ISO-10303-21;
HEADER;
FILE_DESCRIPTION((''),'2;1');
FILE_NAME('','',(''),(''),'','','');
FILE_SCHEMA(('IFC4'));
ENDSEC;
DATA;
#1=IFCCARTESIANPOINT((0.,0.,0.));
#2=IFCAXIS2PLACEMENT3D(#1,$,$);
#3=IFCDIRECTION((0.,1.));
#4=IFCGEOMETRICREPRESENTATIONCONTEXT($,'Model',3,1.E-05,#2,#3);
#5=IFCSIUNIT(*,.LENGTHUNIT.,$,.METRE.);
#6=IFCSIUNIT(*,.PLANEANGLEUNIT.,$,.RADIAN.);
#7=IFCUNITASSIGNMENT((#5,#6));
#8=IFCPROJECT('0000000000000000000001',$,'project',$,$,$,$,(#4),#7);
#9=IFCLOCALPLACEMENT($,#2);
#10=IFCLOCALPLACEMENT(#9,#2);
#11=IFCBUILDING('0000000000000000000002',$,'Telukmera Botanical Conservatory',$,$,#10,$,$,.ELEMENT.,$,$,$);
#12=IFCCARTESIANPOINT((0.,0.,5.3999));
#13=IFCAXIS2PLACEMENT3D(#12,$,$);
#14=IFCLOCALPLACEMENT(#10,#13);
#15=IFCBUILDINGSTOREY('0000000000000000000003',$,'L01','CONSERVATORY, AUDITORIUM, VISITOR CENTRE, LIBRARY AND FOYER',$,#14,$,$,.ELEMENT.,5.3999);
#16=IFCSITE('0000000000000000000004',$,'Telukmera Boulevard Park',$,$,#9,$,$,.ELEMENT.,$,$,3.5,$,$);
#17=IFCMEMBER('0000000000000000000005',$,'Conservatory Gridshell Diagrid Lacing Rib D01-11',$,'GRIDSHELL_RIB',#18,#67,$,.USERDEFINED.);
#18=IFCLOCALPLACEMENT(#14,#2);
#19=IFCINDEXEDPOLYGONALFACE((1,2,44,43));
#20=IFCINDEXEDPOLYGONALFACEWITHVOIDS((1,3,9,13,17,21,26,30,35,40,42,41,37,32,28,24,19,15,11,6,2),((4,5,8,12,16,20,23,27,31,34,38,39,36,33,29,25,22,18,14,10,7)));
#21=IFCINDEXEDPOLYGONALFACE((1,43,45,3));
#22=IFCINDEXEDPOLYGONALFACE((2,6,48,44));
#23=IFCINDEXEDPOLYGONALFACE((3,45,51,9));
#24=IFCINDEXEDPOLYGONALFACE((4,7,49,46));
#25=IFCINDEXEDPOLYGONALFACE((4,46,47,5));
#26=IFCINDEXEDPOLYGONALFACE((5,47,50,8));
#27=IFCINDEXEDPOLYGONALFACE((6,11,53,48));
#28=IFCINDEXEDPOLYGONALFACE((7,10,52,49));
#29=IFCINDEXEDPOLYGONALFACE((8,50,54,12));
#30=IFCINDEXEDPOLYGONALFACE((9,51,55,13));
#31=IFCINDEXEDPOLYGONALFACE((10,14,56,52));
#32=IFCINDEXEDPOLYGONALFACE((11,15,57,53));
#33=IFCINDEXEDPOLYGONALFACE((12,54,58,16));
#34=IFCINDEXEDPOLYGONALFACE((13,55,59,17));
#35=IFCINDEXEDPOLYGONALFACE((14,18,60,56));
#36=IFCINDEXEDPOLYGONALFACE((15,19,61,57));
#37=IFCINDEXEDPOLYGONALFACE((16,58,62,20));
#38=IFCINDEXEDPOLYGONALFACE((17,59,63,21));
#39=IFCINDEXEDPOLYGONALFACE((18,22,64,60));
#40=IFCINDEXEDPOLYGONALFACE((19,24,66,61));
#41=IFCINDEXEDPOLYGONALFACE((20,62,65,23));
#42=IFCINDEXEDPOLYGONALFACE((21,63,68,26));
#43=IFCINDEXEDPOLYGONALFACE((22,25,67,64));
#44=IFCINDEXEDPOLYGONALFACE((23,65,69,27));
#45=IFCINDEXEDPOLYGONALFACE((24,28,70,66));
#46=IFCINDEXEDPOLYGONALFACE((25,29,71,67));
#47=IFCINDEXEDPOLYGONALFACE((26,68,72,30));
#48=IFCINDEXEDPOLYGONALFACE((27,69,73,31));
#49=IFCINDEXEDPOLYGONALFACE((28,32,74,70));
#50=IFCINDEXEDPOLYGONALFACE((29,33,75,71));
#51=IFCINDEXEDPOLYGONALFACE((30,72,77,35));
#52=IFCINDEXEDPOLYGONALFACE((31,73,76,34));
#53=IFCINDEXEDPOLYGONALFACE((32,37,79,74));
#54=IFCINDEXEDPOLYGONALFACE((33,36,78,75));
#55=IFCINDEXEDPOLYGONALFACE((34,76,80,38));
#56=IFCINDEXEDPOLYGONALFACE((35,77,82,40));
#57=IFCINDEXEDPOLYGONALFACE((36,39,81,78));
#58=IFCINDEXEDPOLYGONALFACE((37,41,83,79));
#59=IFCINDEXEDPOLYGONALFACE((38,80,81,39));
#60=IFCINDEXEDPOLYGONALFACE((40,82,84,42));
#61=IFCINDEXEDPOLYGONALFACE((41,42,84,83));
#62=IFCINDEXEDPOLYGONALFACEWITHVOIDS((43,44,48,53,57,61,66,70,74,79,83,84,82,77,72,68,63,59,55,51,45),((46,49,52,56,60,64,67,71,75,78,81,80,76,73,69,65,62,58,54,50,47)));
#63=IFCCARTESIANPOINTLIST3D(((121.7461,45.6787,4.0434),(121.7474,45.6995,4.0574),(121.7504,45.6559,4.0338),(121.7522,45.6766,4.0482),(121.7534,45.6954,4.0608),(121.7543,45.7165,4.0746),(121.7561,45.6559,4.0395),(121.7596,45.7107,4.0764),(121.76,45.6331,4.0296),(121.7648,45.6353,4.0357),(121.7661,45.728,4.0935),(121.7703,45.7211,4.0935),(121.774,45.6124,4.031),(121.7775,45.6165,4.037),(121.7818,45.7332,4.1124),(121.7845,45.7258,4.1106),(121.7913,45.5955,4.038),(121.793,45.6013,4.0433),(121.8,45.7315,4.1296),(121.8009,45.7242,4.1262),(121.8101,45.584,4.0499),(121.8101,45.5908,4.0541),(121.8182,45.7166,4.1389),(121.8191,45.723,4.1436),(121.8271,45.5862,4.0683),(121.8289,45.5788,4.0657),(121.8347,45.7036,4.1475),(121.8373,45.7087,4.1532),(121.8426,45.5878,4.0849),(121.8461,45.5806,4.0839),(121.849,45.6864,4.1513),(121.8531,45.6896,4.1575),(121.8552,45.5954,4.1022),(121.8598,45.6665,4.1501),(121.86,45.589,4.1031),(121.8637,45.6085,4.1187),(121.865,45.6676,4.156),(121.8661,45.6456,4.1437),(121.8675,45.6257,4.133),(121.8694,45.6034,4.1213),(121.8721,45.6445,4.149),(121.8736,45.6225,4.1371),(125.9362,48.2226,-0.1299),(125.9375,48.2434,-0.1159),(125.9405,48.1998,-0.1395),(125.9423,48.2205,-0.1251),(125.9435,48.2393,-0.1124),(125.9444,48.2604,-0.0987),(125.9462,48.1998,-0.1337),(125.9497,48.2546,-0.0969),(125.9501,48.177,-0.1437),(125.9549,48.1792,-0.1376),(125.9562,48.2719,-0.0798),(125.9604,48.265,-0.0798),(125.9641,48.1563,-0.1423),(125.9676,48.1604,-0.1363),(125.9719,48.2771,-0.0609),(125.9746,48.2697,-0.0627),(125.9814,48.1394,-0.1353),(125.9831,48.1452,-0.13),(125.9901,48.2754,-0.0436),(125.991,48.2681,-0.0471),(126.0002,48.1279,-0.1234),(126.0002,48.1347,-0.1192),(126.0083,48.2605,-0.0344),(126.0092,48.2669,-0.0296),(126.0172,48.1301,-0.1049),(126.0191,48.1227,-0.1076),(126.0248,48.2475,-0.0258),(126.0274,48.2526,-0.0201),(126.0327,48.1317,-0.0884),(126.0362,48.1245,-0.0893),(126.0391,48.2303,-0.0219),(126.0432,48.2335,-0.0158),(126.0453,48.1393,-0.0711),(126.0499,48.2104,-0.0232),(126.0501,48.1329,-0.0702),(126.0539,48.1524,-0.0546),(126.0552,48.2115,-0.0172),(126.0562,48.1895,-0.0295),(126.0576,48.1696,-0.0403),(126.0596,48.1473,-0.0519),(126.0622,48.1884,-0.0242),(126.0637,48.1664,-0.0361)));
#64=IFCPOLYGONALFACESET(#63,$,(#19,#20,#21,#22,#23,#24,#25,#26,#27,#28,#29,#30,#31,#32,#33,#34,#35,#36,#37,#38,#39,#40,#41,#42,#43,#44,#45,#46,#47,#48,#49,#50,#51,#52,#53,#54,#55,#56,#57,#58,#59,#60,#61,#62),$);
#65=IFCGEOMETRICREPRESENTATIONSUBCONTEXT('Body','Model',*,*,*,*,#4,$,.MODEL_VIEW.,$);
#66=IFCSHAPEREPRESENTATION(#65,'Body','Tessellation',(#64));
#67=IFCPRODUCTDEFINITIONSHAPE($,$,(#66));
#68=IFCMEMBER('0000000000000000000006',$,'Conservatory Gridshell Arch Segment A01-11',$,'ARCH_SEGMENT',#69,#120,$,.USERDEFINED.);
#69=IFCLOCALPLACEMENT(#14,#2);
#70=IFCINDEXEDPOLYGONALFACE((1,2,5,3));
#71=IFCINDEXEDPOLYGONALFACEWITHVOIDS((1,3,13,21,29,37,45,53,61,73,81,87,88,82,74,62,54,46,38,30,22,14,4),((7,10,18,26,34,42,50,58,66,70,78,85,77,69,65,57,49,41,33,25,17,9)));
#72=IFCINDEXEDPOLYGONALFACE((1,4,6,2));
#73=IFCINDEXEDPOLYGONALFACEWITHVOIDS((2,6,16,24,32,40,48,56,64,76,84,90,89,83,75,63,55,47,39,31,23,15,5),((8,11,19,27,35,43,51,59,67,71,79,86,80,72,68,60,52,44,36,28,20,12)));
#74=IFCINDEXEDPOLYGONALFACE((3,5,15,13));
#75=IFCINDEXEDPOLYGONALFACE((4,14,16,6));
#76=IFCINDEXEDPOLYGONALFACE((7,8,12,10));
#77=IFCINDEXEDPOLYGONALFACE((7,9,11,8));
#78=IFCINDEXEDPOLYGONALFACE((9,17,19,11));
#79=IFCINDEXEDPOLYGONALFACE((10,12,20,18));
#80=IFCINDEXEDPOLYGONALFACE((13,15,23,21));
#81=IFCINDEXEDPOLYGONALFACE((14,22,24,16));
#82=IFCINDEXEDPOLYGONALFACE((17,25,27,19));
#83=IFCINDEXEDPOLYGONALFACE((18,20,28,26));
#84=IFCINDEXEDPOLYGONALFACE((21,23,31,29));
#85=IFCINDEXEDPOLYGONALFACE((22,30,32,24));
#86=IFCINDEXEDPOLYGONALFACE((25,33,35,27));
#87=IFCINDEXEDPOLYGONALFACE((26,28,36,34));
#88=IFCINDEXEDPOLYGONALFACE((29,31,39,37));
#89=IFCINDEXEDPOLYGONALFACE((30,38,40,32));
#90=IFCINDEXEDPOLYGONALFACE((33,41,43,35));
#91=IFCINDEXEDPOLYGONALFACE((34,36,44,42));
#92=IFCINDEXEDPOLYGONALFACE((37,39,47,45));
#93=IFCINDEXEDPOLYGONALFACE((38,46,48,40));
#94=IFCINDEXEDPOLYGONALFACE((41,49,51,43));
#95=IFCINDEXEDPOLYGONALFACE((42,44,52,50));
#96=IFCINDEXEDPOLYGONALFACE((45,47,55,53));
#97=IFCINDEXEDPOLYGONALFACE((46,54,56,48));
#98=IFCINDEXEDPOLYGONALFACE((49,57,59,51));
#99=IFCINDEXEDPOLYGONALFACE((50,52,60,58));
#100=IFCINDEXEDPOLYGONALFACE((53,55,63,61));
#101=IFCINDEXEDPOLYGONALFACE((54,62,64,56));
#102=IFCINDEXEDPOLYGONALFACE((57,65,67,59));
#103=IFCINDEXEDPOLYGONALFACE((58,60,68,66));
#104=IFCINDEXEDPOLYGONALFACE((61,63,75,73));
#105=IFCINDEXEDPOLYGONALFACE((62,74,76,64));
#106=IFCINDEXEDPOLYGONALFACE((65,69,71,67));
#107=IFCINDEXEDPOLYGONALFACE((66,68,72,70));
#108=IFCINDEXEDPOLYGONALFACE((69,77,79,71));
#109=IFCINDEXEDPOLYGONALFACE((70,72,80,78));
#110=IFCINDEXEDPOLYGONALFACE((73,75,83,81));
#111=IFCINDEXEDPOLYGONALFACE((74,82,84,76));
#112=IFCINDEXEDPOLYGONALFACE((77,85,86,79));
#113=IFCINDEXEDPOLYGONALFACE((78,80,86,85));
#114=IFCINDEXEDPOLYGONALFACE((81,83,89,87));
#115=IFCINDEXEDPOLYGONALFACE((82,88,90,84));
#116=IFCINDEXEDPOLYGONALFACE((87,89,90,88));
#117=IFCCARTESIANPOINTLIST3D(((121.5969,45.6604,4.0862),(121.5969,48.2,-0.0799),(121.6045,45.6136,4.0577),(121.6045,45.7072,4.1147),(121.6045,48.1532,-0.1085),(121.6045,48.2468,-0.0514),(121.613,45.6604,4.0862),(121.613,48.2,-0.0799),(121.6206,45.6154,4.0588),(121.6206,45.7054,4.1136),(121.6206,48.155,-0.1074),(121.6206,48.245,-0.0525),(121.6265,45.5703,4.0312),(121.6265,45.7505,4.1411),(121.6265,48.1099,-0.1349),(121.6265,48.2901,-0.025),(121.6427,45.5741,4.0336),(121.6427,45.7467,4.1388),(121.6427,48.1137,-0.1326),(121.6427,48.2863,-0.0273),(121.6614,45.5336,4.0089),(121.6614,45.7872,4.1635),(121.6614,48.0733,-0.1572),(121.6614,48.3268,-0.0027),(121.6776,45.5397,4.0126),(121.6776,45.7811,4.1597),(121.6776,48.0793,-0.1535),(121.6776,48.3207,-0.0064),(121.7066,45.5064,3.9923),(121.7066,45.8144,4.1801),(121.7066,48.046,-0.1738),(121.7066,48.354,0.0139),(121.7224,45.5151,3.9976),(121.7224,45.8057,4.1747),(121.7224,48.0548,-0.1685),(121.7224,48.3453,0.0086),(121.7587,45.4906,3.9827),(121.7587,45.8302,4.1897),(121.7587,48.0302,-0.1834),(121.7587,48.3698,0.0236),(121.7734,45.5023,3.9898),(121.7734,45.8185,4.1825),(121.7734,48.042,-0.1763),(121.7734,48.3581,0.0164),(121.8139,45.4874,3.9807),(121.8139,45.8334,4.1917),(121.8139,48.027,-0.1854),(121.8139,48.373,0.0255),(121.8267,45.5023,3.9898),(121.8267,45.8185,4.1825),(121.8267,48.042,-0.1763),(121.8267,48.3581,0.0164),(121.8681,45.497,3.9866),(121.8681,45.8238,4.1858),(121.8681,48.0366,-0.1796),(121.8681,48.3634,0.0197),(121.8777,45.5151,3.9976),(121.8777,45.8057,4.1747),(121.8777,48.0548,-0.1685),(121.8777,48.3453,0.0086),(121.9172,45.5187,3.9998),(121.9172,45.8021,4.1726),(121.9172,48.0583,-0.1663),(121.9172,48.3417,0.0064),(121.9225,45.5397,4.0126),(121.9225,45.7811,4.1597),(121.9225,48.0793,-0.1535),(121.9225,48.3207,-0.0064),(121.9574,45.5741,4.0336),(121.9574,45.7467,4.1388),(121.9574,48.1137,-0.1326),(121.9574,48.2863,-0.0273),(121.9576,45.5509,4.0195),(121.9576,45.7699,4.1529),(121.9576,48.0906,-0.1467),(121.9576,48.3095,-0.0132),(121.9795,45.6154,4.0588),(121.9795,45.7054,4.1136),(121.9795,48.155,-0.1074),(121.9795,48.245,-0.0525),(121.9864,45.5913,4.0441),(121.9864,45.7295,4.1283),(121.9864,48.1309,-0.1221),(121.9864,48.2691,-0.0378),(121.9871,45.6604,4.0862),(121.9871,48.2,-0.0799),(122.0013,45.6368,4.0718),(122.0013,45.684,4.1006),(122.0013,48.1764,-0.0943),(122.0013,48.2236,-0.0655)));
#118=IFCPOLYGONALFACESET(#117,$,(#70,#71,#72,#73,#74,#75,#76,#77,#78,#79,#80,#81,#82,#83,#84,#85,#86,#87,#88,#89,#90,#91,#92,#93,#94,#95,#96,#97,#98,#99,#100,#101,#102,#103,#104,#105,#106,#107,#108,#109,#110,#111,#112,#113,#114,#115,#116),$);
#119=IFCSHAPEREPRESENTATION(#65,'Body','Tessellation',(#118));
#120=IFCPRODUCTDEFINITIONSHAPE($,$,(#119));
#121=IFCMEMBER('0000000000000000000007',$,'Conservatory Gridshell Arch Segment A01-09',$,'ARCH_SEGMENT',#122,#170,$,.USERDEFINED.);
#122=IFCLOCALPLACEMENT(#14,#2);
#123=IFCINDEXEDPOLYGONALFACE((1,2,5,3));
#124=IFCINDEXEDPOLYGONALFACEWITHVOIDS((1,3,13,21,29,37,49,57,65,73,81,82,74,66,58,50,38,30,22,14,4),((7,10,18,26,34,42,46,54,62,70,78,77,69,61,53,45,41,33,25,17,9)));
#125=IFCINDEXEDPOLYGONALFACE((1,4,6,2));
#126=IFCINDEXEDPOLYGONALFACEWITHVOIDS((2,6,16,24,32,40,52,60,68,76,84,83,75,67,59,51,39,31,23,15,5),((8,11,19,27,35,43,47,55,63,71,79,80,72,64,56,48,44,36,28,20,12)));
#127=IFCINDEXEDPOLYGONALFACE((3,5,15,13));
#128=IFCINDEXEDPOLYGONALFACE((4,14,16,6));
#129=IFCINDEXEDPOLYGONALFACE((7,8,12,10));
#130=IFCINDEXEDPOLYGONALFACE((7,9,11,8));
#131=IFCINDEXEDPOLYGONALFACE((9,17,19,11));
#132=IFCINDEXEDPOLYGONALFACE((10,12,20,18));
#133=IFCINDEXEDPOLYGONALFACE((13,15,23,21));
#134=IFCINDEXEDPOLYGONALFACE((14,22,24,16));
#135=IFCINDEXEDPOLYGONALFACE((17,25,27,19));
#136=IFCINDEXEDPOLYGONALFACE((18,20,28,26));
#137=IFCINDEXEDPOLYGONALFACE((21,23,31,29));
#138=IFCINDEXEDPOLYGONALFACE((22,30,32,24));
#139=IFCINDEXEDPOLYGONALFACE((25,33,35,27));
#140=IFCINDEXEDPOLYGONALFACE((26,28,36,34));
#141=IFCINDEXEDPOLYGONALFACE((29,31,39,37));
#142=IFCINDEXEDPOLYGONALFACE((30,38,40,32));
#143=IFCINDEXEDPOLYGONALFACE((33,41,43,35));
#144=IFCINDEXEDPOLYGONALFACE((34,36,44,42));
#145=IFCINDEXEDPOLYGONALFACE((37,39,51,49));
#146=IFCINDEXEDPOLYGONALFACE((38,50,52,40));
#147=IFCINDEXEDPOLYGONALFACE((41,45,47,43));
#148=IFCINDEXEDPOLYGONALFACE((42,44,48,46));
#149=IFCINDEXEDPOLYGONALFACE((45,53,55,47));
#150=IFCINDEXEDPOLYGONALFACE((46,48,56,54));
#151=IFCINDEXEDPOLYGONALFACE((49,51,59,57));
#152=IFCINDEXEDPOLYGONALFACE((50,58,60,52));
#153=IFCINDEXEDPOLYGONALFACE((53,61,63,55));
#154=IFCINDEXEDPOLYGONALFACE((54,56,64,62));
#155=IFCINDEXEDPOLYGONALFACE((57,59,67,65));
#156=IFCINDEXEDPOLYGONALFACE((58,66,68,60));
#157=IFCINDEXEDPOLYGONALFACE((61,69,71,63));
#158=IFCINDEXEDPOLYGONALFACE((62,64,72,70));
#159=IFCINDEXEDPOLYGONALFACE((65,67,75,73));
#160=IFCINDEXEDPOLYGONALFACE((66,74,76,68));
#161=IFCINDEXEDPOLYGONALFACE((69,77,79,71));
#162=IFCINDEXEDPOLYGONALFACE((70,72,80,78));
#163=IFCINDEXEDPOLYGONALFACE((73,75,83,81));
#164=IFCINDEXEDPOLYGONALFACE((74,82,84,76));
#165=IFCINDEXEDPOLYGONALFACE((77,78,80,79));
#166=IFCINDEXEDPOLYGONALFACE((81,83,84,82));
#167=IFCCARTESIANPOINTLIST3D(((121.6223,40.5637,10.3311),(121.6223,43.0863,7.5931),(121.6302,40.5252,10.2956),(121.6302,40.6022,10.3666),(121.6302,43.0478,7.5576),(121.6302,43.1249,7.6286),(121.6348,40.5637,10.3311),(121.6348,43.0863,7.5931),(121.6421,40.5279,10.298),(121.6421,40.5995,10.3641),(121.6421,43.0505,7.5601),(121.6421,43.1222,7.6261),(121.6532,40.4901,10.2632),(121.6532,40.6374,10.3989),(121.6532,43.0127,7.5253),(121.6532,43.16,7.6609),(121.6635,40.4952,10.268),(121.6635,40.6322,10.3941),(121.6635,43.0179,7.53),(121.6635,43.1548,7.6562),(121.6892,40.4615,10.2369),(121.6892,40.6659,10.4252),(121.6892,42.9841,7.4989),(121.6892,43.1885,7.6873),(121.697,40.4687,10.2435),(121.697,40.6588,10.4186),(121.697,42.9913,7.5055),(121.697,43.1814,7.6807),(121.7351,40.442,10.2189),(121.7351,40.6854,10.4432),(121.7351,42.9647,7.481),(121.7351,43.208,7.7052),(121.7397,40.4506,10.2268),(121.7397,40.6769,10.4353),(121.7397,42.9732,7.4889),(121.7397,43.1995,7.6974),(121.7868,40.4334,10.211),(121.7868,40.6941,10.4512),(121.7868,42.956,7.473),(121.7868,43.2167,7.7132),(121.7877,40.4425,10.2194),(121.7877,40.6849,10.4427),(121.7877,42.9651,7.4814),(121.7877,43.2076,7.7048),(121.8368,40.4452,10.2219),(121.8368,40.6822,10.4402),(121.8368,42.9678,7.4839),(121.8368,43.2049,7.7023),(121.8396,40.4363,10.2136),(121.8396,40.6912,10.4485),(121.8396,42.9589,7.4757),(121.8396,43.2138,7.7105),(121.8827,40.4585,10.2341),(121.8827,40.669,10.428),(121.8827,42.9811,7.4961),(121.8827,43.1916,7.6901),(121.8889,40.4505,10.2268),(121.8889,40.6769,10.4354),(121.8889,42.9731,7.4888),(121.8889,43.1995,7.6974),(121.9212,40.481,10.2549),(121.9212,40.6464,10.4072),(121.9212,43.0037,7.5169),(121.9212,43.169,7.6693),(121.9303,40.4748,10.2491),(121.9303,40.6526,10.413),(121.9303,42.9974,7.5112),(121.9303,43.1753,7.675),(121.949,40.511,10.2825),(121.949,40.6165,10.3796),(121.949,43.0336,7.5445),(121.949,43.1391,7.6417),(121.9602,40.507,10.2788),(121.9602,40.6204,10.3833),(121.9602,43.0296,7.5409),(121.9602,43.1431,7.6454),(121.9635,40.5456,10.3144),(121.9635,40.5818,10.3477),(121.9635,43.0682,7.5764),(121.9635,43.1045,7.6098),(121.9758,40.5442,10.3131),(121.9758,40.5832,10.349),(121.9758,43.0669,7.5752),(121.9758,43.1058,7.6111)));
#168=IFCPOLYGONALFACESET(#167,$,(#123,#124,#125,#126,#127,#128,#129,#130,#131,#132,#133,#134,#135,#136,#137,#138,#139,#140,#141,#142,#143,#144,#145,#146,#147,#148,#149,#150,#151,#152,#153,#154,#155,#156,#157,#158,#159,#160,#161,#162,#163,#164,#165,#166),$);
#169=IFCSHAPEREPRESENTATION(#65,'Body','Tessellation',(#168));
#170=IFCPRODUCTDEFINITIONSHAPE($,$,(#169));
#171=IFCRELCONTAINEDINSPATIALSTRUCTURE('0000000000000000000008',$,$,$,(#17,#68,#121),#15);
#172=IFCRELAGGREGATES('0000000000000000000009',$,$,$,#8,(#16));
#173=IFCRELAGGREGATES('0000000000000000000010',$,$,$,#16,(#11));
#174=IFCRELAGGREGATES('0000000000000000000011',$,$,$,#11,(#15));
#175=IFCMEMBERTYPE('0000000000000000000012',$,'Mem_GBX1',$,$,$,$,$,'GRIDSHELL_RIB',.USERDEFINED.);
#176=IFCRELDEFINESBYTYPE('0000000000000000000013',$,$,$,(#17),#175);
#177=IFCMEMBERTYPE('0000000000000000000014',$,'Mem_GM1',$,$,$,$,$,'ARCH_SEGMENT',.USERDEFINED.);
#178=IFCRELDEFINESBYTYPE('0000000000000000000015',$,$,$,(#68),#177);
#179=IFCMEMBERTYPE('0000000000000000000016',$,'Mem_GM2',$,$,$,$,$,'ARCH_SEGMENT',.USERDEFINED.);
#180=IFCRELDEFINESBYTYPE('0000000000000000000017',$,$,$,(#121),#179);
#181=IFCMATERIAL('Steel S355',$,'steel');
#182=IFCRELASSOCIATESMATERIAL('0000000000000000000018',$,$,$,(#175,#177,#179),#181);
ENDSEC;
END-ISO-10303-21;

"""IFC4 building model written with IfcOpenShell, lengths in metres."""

from ifc_helpers import new_model, si_unit, direction, frame, origin, origin_2d, place, context, subcontext, project, spatial, hollow_circle, extrude, material, material_profile, profile_set, type_object, element, save


model = new_model("IFC4")

# Units and contexts
model_context = context("Model", 3, precision=1e-05, world=origin(), true_north=direction((0.0, 1.0)))
body_context = subcontext(model_context, "Body", "Model", "MODEL_VIEW")
ifc_project = project(units=[si_unit("LENGTHUNIT", "METRE"), si_unit("PLANEANGLEUNIT", "RADIAN")], contexts=[model_context])

# Site, building, storey
site_placement = place(None, origin())
site = spatial("IfcSite", under=ifc_project, at=site_placement, Name="Telukmera Boulevard Park", CompositionType="ELEMENT", RefElevation=3.5)
building_placement = place(site_placement, origin())
building = spatial("IfcBuilding", under=site, at=building_placement, Name="Telukmera Botanical Conservatory", CompositionType="ELEMENT")
storey_placement = place(building_placement, frame((0.0, 0.0, 5.3999)))
storey = spatial("IfcBuildingStorey", under=building, at=storey_placement, Name="L01", Description="CONSERVATORY, AUDITORIUM, VISITOR CENTRE, LIBRARY AND FOYER", CompositionType="ELEMENT", Elevation=5.3999)

# Members
ifc_material_1 = material(Name="Steel S355", Category="steel")
ifc_material_profile_1 = material_profile(ifc_material_1, hollow_circle(Radius=0.0842, WallThickness=0.0081, at=origin_2d()), Name="CHS 168.3x8.0")
ifc_profile_set_1 = profile_set([ifc_material_profile_1], Name="Steel S355")
member_type_1 = type_object("IfcMemberType", Name="Mem_GBX1", ElementType="GRIDSHELL_RIB", PredefinedType="USERDEFINED", material=ifc_profile_set_1)
member_1_placement = place(storey_placement, frame((121.8098, 45.656, 4.0935), z_axis=(0.650866, 0.395154, -0.648249), x_axis=(-0.518964, 0.854796, 0.0)))
element("IfcMember", 1, at=member_1_placement, inside=storey, type_object=member_type_1, Name="Conservatory Gridshell Diagrid Lacing Rib D01-11", ObjectType="GRIDSHELL_RIB", PredefinedType="USERDEFINED", context=body_context, shape_type="SweptSolid", body=[
    extrude(hollow_circle(Radius=0.0842, WallThickness=0.0081, at=origin_2d()), origin(), (0.0, 0.0, 1.0), 6.4377),
])
ifc_material_profile_2 = material_profile(ifc_material_1, hollow_circle(Radius=0.2031, WallThickness=0.0161, at=origin_2d()), Name="CHS 406.4x16.0")
ifc_profile_set_2 = profile_set([ifc_material_profile_2], Name="Steel S355")
member_type_2 = type_object("IfcMemberType", Name="Mem_GM1", ElementType="ARCH_SEGMENT", PredefinedType="USERDEFINED", material=ifc_profile_set_2)
member_2_placement = place(storey_placement, frame((121.8, 45.6604, 4.0862), z_axis=(0.0, 0.520502, -0.85386), x_axis=(-1.0, 0.0, 0.0)))
element("IfcMember", 2, at=member_2_placement, inside=storey, type_object=member_type_2, Name="Conservatory Gridshell Arch Segment A01-11", ObjectType="ARCH_SEGMENT", PredefinedType="USERDEFINED", context=body_context, shape_type="SweptSolid", body=[
    extrude(hollow_circle(Radius=0.2031, WallThickness=0.0161, at=origin_2d()), origin(), (0.0, 0.0, 1.0), 4.8792),
])
ifc_material_profile_3 = material_profile(ifc_material_1, hollow_circle(Radius=0.1777, WallThickness=0.0125, at=origin_2d()), Name="CHS 355.6x12.5")
ifc_profile_set_3 = profile_set([ifc_material_profile_3], Name="Steel S355")
member_type_3 = type_object("IfcMemberType", Name="Mem_GM2", ElementType="ARCH_SEGMENT", PredefinedType="USERDEFINED", material=ifc_profile_set_3)
member_3_placement = place(storey_placement, frame((121.8, 40.5637, 10.3311), z_axis=(0.0, 0.677596, -0.735434), x_axis=(-1.0, 0.0, 0.0)))
element("IfcMember", 3, at=member_3_placement, inside=storey, type_object=member_type_3, Name="Conservatory Gridshell Arch Segment A01-09", ObjectType="ARCH_SEGMENT", PredefinedType="USERDEFINED", context=body_context, shape_type="SweptSolid", body=[
    extrude(hollow_circle(Radius=0.1777, WallThickness=0.0125, at=origin_2d()), origin(), (0.0, 0.0, 1.0), 3.7229),
])

save(model, "model.ifc")
